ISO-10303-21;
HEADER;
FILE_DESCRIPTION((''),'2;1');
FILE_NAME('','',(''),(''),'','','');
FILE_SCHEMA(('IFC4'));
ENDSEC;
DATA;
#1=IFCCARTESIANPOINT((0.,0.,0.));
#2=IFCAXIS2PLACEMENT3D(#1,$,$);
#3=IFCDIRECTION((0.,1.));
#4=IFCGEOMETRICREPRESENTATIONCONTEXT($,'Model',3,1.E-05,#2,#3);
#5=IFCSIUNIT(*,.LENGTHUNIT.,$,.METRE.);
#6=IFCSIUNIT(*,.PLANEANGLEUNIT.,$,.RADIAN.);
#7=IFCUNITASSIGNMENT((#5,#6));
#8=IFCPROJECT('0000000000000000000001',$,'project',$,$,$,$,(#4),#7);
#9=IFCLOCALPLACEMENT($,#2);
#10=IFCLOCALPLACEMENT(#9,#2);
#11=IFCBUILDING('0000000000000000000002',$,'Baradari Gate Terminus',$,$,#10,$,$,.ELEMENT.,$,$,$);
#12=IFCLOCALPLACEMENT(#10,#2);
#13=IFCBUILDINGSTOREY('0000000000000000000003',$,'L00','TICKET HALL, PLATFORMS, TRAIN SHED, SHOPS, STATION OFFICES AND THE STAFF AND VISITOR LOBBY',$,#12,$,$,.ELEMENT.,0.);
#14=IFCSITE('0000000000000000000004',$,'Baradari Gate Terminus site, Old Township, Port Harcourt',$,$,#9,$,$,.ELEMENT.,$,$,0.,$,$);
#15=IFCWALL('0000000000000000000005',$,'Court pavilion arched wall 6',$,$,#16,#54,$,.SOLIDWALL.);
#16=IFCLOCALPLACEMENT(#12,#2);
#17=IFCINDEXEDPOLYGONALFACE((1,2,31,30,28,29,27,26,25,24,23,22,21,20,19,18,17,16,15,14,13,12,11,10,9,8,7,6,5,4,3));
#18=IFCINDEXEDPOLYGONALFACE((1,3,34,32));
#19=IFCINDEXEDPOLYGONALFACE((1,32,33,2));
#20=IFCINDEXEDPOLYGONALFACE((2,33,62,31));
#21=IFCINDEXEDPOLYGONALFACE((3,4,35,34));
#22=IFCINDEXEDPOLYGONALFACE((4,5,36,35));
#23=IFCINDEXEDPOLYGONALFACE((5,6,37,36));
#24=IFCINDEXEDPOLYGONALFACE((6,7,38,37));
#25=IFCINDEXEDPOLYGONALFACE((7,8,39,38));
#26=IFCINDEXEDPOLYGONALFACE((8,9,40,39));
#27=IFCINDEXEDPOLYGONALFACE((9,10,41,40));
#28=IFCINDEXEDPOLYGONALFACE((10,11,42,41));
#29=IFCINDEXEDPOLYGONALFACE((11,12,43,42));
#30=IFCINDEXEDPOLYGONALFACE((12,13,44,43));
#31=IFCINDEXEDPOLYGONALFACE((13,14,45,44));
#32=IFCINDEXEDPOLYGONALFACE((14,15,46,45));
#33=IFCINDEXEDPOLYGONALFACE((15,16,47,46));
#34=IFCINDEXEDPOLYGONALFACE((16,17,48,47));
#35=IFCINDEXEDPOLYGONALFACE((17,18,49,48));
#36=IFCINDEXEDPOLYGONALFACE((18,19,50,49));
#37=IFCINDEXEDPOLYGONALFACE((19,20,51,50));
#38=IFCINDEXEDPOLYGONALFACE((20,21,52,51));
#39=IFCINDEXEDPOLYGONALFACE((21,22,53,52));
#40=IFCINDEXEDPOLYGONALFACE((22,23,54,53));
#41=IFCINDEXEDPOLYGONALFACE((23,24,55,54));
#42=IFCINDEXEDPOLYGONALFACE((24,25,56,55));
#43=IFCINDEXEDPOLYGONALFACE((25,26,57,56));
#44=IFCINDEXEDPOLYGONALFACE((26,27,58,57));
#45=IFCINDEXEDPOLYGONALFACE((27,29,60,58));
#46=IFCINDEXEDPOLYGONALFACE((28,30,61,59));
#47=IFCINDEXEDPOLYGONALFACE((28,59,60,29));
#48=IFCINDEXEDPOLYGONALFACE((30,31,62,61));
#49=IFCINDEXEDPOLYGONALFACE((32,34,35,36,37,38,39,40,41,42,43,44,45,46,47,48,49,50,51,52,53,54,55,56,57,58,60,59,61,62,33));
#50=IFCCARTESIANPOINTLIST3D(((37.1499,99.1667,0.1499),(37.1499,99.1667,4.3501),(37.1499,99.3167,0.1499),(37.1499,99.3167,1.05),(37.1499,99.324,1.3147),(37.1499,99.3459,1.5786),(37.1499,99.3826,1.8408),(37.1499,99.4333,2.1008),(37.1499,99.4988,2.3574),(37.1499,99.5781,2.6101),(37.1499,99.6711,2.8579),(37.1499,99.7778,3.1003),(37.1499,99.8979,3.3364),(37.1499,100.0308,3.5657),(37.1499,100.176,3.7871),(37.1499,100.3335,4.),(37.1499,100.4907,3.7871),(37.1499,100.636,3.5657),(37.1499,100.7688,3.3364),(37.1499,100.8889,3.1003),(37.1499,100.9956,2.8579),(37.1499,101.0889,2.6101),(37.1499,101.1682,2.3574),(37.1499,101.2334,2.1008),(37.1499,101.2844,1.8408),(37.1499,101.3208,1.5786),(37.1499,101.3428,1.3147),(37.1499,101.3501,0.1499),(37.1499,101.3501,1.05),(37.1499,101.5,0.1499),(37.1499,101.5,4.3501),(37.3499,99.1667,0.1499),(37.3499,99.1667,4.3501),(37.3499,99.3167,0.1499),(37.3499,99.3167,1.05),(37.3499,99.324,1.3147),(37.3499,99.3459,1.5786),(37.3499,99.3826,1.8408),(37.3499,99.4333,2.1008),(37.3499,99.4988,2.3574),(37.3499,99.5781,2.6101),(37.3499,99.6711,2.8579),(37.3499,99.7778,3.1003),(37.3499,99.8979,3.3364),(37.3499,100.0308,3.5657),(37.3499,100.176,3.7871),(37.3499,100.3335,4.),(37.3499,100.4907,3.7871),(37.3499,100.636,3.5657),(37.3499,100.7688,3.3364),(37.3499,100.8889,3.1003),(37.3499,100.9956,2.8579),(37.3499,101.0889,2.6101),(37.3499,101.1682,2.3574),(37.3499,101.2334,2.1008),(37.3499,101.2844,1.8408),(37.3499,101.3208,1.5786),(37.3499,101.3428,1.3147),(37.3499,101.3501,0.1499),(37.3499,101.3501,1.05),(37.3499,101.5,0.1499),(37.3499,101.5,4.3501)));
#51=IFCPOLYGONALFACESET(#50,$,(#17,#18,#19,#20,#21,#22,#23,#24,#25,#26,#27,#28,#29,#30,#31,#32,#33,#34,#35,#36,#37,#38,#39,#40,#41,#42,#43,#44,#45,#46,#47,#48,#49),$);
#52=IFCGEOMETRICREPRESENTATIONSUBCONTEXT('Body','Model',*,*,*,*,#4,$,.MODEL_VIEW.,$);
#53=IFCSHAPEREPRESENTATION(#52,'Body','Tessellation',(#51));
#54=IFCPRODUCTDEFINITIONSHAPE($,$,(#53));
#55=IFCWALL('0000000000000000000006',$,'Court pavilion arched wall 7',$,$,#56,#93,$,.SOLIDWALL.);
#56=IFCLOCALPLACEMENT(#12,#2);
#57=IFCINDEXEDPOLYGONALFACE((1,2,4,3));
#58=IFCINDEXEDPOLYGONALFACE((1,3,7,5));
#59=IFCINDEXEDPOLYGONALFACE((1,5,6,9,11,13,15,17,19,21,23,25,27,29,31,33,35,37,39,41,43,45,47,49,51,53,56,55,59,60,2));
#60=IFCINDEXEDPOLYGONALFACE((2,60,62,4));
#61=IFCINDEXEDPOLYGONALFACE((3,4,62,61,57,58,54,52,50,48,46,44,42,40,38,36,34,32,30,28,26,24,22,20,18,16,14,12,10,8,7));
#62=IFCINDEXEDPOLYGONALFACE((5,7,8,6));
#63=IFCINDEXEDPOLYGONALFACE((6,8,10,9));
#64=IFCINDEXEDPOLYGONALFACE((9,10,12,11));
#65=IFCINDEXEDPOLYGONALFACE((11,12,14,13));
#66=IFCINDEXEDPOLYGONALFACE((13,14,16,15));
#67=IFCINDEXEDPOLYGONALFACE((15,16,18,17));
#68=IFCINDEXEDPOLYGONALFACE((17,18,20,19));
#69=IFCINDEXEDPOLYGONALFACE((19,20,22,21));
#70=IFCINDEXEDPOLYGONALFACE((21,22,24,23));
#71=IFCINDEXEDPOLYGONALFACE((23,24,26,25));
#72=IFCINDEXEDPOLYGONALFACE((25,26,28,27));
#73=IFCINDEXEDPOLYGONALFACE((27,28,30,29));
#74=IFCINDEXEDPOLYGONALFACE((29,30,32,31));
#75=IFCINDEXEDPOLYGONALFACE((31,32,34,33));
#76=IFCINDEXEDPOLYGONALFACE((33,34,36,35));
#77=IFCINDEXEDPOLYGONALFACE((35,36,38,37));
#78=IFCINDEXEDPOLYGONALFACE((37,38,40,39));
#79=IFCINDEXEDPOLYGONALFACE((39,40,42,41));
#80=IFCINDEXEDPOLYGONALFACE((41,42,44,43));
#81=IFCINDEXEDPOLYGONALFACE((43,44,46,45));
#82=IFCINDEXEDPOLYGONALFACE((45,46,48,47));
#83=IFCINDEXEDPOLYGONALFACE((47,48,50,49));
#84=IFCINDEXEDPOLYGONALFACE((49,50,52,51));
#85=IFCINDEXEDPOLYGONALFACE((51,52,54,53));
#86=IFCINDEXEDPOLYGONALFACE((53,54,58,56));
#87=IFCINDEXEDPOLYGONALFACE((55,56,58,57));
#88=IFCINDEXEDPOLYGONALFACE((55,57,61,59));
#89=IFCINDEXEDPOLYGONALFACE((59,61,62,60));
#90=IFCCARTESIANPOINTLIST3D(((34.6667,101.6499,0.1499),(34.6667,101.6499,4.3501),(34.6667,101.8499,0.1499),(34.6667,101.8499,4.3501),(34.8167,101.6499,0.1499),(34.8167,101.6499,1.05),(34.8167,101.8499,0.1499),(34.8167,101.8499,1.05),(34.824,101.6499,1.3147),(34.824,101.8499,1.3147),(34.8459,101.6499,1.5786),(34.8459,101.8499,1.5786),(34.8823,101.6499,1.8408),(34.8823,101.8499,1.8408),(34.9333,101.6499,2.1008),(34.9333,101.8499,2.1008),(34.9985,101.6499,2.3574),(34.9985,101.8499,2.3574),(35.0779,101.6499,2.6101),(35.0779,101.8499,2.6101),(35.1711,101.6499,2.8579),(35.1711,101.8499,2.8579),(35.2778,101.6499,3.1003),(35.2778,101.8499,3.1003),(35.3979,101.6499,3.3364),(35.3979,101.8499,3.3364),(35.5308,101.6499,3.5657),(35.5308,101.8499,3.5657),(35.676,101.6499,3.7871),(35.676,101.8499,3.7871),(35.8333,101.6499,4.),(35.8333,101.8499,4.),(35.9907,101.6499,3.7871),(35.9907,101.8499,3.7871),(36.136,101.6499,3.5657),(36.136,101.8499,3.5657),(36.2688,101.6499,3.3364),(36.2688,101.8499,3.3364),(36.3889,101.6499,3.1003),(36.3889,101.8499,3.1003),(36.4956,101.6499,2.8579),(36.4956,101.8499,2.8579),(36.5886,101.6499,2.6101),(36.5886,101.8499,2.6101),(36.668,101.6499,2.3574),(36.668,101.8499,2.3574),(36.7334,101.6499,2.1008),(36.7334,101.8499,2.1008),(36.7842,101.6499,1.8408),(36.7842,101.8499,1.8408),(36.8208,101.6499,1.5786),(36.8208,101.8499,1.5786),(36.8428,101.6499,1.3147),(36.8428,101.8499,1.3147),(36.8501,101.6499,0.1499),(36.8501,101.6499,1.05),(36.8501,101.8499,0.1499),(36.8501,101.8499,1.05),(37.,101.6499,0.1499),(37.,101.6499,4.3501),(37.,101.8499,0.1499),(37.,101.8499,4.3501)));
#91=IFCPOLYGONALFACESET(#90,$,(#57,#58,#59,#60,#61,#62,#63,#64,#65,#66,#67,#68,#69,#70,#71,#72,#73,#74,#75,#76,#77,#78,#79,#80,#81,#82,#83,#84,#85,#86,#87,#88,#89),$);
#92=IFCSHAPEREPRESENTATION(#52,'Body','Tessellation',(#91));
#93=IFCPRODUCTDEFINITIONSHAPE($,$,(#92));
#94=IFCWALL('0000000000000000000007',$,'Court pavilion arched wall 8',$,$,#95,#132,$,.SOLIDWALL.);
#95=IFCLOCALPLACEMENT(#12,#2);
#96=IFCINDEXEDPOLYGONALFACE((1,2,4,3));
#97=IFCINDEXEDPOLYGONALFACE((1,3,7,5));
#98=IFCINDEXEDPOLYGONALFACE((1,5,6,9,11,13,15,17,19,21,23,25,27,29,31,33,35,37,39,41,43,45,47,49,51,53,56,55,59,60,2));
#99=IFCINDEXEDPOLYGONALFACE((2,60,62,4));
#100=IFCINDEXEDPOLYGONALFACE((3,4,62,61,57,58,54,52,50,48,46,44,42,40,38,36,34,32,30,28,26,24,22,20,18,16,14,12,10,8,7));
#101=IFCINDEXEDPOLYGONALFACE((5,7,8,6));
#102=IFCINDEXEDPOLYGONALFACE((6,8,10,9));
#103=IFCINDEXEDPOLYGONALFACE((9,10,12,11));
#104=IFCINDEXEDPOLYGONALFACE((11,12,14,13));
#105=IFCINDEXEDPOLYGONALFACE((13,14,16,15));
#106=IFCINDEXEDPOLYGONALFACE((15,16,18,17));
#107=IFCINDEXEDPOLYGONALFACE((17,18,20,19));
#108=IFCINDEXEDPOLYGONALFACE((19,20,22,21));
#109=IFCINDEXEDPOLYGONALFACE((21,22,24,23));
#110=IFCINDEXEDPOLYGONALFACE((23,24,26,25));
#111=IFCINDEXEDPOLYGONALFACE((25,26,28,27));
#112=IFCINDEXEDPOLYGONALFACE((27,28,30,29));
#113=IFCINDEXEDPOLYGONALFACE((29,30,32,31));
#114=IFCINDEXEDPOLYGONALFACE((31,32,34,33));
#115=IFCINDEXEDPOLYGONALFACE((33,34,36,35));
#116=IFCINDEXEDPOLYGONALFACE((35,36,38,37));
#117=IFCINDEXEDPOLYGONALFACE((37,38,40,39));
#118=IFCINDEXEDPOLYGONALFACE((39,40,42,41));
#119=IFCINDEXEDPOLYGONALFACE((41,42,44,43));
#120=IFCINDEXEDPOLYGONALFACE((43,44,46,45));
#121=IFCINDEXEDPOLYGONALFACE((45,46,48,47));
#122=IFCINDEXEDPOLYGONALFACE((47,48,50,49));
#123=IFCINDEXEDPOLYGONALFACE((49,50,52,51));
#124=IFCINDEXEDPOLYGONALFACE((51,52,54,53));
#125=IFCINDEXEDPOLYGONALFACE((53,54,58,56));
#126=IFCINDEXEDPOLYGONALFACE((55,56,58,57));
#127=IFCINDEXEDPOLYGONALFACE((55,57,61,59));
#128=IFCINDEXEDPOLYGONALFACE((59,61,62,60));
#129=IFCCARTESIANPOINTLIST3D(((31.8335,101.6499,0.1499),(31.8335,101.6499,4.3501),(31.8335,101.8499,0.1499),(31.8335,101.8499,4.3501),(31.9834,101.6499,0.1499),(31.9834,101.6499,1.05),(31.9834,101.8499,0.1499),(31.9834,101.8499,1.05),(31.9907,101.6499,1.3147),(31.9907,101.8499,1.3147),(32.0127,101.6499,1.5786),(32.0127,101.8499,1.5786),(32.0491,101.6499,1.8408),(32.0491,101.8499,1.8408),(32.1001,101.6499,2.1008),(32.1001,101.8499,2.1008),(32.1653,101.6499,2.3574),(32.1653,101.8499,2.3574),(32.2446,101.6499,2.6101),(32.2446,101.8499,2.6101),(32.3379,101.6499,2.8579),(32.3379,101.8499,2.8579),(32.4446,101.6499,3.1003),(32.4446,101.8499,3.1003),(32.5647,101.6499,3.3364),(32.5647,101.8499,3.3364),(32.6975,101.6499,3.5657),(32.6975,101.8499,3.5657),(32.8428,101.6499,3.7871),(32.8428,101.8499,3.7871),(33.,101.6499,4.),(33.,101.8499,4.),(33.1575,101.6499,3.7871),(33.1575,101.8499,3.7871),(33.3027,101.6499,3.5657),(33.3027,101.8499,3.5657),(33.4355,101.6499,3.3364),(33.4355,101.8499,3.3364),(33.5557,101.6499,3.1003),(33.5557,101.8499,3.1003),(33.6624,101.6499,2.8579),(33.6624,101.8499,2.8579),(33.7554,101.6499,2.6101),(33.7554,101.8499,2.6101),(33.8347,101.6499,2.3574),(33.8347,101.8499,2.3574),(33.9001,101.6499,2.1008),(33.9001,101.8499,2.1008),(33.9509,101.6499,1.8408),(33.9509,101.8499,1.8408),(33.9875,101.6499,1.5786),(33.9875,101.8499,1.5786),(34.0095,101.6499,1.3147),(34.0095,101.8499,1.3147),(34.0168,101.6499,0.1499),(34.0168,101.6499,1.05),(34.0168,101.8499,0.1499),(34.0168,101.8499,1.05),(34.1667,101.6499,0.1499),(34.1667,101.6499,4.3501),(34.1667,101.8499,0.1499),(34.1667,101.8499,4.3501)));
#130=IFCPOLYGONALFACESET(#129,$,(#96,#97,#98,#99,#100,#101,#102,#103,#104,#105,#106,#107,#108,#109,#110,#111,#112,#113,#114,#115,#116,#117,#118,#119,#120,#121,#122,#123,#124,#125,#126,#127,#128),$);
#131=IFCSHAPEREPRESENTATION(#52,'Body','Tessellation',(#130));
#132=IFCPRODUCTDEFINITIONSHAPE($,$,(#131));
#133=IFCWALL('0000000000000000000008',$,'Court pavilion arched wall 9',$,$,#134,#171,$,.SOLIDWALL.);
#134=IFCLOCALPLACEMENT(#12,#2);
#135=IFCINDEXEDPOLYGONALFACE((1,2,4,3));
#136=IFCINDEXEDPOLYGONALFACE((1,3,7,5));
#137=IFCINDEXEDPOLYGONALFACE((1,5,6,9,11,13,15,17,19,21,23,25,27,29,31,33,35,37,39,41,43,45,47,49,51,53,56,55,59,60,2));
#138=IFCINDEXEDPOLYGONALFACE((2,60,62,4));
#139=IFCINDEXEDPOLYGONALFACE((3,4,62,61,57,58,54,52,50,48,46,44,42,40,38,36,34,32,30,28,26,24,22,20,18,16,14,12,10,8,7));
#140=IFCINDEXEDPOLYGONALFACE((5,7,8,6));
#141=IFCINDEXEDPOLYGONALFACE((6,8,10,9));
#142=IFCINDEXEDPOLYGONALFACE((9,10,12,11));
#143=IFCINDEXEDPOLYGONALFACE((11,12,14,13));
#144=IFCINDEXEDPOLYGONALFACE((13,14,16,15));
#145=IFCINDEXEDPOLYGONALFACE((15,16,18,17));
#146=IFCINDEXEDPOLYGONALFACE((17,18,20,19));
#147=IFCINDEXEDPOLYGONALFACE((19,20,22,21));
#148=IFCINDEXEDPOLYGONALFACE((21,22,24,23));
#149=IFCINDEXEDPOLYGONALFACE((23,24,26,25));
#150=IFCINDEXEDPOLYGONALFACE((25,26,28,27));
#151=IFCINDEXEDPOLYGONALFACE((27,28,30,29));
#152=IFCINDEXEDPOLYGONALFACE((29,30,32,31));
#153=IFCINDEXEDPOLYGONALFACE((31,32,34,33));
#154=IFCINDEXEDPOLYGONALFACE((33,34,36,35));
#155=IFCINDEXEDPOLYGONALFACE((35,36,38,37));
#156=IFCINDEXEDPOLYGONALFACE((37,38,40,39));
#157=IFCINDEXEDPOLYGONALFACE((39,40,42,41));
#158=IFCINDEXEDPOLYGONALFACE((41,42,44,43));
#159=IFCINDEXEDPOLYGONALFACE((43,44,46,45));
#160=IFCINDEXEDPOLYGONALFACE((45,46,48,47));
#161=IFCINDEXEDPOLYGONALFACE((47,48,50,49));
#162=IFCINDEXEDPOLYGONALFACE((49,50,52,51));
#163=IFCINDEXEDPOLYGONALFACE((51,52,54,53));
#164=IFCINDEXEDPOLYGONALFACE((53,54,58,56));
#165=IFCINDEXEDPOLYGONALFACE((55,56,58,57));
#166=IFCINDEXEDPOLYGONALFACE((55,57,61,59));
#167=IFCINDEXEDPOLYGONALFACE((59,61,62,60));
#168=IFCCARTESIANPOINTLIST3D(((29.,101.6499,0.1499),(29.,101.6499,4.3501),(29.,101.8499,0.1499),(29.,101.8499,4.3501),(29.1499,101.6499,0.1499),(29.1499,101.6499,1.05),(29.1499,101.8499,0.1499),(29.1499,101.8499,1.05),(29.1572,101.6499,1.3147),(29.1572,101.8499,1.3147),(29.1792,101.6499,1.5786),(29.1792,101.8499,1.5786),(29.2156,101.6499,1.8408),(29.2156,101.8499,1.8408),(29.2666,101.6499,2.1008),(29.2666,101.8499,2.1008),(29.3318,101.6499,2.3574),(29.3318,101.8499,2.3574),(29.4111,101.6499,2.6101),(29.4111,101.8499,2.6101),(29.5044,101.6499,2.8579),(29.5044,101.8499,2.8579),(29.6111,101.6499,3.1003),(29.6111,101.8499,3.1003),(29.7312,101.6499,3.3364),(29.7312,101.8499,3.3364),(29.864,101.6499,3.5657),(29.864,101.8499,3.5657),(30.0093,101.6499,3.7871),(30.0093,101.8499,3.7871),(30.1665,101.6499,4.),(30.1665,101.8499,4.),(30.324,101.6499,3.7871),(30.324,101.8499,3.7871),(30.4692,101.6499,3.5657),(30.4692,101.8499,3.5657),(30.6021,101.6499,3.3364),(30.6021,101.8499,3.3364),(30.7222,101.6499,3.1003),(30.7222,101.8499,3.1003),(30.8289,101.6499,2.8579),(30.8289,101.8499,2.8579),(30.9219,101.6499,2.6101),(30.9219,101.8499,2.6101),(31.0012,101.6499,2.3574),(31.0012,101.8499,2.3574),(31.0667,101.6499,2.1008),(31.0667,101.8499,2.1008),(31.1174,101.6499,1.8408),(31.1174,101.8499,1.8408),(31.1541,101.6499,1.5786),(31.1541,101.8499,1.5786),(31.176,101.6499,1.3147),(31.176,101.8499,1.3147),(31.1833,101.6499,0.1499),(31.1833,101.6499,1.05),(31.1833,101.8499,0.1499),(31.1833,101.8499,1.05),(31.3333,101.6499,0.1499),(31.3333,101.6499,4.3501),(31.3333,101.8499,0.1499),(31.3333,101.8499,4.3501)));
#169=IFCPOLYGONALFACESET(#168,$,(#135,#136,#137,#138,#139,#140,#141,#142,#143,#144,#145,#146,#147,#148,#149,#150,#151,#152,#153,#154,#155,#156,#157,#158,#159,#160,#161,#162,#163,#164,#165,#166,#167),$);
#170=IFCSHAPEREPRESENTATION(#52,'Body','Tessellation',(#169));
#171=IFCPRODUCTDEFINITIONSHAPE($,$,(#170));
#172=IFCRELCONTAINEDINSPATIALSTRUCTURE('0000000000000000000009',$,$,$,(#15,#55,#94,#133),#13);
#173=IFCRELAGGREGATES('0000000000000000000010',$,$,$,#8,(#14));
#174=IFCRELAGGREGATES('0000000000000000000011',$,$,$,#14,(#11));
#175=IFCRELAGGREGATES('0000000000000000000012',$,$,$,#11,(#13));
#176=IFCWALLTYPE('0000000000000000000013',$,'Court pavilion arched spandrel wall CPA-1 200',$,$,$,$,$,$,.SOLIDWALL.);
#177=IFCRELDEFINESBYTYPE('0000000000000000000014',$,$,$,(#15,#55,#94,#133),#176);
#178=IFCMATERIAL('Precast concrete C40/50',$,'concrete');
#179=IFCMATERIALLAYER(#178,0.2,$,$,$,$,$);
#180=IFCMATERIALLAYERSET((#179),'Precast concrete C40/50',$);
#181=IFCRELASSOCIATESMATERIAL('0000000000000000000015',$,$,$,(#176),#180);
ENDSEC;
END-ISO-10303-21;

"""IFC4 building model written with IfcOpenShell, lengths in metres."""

from ifc_helpers import new_model, si_unit, direction, frame, origin, place, context, subcontext, project, spatial, polyline, outline, extrude, material, layer, layer_set, type_object, element, save


model = new_model("IFC4")

# Units and contexts
model_context = context("Model", 3, precision=1e-05, world=origin(), true_north=direction((0.0, 1.0)))
body_context = subcontext(model_context, "Body", "Model", "MODEL_VIEW")
ifc_project = project(units=[si_unit("LENGTHUNIT", "METRE"), si_unit("PLANEANGLEUNIT", "RADIAN")], contexts=[model_context])

# Site, building, storey
site_placement = place(None, origin())
site = spatial("IfcSite", under=ifc_project, at=site_placement, Name="Baradari Gate Terminus site, Old Township, Port Harcourt", CompositionType="ELEMENT", RefElevation=0.0)
building_placement = place(site_placement, origin())
building = spatial("IfcBuilding", under=site, at=building_placement, Name="Baradari Gate Terminus", CompositionType="ELEMENT")
storey_placement = place(building_placement, origin())
storey = spatial("IfcBuildingStorey", under=building, at=storey_placement, Name="L00", Description="TICKET HALL, PLATFORMS, TRAIN SHED, SHOPS, STATION OFFICES AND THE STAFF AND VISITOR LOBBY", CompositionType="ELEMENT", Elevation=0.0)

# Walls
ifc_material_1 = material(Name="Precast concrete C40/50", Category="concrete")
ifc_layer_1 = layer(ifc_material_1, 0.2)
ifc_layer_set_1 = layer_set([ifc_layer_1], Name="Precast concrete C40/50")
wall_type_1 = type_object("IfcWallType", Name="Court pavilion arched spandrel wall CPA-1 200", PredefinedType="SOLIDWALL", material=ifc_layer_set_1)
for number, where, z_axis, x_axis, name in (
    (1, (37.25, 99.1667, 0.1499), (0.0, 0.0, 1.0), (0.0, 1.0, 0.0), "Court pavilion arched wall 6"),
    (2, (37.0, 101.75, 0.1499), (0.0, 0.0, 1.0), (-1.0, 0.0, 0.0), "Court pavilion arched wall 7"),
    (3, (34.1667, 101.75, 0.1499), (0.0, 0.0, 1.0), (-1.0, 0.0, 0.0), "Court pavilion arched wall 8"),
    (4, (31.3333, 101.75, 0.1499), (0.0, 0.0, 1.0), (-1.0, 0.0, 0.0), "Court pavilion arched wall 9"),
):
    element("IfcWall", number, at=place(storey_placement, frame(where, z_axis=z_axis, x_axis=x_axis)), inside=storey, type_object=wall_type_1, Name=name, PredefinedType="SOLIDWALL", context=body_context, shape_type="SweptSolid", body=[
        extrude(outline(polyline([(0.1499, 0.0), (0.1499, 0.9001), (0.1572, 1.1648), (0.1792, 1.4287), (0.2158, 1.6909), (0.2666, 1.9509), (0.332, 2.2075), (0.4114, 2.4602), (0.5044, 2.708), (0.6111, 2.9504), (0.7312, 3.1865), (0.864, 3.4158), (1.0093, 3.6372), (1.1667, 3.8501), (1.324, 3.6372), (1.4692, 3.4158), (1.6021, 3.1865), (1.7222, 2.9504), (1.8289, 2.708), (1.9221, 2.4602), (2.0015, 2.2075), (2.0667, 1.9509), (2.1177, 1.6909), (2.1541, 1.4287), (2.176, 1.1648), (2.1833, 0.9001), (2.1833, 0.0), (2.3333, 0.0), (2.3333, 4.2002), (0.0, 4.2002), (0.0, 0.0), (0.1499, 0.0)])), frame((0.0, 0.1001, 0.0), z_axis=(0.0, -1.0, 0.0), x_axis=(1.0, 0.0, 0.0)), (0.0, 0.0, 1.0), 0.2),
    ])

save(model, "model.ifc")
